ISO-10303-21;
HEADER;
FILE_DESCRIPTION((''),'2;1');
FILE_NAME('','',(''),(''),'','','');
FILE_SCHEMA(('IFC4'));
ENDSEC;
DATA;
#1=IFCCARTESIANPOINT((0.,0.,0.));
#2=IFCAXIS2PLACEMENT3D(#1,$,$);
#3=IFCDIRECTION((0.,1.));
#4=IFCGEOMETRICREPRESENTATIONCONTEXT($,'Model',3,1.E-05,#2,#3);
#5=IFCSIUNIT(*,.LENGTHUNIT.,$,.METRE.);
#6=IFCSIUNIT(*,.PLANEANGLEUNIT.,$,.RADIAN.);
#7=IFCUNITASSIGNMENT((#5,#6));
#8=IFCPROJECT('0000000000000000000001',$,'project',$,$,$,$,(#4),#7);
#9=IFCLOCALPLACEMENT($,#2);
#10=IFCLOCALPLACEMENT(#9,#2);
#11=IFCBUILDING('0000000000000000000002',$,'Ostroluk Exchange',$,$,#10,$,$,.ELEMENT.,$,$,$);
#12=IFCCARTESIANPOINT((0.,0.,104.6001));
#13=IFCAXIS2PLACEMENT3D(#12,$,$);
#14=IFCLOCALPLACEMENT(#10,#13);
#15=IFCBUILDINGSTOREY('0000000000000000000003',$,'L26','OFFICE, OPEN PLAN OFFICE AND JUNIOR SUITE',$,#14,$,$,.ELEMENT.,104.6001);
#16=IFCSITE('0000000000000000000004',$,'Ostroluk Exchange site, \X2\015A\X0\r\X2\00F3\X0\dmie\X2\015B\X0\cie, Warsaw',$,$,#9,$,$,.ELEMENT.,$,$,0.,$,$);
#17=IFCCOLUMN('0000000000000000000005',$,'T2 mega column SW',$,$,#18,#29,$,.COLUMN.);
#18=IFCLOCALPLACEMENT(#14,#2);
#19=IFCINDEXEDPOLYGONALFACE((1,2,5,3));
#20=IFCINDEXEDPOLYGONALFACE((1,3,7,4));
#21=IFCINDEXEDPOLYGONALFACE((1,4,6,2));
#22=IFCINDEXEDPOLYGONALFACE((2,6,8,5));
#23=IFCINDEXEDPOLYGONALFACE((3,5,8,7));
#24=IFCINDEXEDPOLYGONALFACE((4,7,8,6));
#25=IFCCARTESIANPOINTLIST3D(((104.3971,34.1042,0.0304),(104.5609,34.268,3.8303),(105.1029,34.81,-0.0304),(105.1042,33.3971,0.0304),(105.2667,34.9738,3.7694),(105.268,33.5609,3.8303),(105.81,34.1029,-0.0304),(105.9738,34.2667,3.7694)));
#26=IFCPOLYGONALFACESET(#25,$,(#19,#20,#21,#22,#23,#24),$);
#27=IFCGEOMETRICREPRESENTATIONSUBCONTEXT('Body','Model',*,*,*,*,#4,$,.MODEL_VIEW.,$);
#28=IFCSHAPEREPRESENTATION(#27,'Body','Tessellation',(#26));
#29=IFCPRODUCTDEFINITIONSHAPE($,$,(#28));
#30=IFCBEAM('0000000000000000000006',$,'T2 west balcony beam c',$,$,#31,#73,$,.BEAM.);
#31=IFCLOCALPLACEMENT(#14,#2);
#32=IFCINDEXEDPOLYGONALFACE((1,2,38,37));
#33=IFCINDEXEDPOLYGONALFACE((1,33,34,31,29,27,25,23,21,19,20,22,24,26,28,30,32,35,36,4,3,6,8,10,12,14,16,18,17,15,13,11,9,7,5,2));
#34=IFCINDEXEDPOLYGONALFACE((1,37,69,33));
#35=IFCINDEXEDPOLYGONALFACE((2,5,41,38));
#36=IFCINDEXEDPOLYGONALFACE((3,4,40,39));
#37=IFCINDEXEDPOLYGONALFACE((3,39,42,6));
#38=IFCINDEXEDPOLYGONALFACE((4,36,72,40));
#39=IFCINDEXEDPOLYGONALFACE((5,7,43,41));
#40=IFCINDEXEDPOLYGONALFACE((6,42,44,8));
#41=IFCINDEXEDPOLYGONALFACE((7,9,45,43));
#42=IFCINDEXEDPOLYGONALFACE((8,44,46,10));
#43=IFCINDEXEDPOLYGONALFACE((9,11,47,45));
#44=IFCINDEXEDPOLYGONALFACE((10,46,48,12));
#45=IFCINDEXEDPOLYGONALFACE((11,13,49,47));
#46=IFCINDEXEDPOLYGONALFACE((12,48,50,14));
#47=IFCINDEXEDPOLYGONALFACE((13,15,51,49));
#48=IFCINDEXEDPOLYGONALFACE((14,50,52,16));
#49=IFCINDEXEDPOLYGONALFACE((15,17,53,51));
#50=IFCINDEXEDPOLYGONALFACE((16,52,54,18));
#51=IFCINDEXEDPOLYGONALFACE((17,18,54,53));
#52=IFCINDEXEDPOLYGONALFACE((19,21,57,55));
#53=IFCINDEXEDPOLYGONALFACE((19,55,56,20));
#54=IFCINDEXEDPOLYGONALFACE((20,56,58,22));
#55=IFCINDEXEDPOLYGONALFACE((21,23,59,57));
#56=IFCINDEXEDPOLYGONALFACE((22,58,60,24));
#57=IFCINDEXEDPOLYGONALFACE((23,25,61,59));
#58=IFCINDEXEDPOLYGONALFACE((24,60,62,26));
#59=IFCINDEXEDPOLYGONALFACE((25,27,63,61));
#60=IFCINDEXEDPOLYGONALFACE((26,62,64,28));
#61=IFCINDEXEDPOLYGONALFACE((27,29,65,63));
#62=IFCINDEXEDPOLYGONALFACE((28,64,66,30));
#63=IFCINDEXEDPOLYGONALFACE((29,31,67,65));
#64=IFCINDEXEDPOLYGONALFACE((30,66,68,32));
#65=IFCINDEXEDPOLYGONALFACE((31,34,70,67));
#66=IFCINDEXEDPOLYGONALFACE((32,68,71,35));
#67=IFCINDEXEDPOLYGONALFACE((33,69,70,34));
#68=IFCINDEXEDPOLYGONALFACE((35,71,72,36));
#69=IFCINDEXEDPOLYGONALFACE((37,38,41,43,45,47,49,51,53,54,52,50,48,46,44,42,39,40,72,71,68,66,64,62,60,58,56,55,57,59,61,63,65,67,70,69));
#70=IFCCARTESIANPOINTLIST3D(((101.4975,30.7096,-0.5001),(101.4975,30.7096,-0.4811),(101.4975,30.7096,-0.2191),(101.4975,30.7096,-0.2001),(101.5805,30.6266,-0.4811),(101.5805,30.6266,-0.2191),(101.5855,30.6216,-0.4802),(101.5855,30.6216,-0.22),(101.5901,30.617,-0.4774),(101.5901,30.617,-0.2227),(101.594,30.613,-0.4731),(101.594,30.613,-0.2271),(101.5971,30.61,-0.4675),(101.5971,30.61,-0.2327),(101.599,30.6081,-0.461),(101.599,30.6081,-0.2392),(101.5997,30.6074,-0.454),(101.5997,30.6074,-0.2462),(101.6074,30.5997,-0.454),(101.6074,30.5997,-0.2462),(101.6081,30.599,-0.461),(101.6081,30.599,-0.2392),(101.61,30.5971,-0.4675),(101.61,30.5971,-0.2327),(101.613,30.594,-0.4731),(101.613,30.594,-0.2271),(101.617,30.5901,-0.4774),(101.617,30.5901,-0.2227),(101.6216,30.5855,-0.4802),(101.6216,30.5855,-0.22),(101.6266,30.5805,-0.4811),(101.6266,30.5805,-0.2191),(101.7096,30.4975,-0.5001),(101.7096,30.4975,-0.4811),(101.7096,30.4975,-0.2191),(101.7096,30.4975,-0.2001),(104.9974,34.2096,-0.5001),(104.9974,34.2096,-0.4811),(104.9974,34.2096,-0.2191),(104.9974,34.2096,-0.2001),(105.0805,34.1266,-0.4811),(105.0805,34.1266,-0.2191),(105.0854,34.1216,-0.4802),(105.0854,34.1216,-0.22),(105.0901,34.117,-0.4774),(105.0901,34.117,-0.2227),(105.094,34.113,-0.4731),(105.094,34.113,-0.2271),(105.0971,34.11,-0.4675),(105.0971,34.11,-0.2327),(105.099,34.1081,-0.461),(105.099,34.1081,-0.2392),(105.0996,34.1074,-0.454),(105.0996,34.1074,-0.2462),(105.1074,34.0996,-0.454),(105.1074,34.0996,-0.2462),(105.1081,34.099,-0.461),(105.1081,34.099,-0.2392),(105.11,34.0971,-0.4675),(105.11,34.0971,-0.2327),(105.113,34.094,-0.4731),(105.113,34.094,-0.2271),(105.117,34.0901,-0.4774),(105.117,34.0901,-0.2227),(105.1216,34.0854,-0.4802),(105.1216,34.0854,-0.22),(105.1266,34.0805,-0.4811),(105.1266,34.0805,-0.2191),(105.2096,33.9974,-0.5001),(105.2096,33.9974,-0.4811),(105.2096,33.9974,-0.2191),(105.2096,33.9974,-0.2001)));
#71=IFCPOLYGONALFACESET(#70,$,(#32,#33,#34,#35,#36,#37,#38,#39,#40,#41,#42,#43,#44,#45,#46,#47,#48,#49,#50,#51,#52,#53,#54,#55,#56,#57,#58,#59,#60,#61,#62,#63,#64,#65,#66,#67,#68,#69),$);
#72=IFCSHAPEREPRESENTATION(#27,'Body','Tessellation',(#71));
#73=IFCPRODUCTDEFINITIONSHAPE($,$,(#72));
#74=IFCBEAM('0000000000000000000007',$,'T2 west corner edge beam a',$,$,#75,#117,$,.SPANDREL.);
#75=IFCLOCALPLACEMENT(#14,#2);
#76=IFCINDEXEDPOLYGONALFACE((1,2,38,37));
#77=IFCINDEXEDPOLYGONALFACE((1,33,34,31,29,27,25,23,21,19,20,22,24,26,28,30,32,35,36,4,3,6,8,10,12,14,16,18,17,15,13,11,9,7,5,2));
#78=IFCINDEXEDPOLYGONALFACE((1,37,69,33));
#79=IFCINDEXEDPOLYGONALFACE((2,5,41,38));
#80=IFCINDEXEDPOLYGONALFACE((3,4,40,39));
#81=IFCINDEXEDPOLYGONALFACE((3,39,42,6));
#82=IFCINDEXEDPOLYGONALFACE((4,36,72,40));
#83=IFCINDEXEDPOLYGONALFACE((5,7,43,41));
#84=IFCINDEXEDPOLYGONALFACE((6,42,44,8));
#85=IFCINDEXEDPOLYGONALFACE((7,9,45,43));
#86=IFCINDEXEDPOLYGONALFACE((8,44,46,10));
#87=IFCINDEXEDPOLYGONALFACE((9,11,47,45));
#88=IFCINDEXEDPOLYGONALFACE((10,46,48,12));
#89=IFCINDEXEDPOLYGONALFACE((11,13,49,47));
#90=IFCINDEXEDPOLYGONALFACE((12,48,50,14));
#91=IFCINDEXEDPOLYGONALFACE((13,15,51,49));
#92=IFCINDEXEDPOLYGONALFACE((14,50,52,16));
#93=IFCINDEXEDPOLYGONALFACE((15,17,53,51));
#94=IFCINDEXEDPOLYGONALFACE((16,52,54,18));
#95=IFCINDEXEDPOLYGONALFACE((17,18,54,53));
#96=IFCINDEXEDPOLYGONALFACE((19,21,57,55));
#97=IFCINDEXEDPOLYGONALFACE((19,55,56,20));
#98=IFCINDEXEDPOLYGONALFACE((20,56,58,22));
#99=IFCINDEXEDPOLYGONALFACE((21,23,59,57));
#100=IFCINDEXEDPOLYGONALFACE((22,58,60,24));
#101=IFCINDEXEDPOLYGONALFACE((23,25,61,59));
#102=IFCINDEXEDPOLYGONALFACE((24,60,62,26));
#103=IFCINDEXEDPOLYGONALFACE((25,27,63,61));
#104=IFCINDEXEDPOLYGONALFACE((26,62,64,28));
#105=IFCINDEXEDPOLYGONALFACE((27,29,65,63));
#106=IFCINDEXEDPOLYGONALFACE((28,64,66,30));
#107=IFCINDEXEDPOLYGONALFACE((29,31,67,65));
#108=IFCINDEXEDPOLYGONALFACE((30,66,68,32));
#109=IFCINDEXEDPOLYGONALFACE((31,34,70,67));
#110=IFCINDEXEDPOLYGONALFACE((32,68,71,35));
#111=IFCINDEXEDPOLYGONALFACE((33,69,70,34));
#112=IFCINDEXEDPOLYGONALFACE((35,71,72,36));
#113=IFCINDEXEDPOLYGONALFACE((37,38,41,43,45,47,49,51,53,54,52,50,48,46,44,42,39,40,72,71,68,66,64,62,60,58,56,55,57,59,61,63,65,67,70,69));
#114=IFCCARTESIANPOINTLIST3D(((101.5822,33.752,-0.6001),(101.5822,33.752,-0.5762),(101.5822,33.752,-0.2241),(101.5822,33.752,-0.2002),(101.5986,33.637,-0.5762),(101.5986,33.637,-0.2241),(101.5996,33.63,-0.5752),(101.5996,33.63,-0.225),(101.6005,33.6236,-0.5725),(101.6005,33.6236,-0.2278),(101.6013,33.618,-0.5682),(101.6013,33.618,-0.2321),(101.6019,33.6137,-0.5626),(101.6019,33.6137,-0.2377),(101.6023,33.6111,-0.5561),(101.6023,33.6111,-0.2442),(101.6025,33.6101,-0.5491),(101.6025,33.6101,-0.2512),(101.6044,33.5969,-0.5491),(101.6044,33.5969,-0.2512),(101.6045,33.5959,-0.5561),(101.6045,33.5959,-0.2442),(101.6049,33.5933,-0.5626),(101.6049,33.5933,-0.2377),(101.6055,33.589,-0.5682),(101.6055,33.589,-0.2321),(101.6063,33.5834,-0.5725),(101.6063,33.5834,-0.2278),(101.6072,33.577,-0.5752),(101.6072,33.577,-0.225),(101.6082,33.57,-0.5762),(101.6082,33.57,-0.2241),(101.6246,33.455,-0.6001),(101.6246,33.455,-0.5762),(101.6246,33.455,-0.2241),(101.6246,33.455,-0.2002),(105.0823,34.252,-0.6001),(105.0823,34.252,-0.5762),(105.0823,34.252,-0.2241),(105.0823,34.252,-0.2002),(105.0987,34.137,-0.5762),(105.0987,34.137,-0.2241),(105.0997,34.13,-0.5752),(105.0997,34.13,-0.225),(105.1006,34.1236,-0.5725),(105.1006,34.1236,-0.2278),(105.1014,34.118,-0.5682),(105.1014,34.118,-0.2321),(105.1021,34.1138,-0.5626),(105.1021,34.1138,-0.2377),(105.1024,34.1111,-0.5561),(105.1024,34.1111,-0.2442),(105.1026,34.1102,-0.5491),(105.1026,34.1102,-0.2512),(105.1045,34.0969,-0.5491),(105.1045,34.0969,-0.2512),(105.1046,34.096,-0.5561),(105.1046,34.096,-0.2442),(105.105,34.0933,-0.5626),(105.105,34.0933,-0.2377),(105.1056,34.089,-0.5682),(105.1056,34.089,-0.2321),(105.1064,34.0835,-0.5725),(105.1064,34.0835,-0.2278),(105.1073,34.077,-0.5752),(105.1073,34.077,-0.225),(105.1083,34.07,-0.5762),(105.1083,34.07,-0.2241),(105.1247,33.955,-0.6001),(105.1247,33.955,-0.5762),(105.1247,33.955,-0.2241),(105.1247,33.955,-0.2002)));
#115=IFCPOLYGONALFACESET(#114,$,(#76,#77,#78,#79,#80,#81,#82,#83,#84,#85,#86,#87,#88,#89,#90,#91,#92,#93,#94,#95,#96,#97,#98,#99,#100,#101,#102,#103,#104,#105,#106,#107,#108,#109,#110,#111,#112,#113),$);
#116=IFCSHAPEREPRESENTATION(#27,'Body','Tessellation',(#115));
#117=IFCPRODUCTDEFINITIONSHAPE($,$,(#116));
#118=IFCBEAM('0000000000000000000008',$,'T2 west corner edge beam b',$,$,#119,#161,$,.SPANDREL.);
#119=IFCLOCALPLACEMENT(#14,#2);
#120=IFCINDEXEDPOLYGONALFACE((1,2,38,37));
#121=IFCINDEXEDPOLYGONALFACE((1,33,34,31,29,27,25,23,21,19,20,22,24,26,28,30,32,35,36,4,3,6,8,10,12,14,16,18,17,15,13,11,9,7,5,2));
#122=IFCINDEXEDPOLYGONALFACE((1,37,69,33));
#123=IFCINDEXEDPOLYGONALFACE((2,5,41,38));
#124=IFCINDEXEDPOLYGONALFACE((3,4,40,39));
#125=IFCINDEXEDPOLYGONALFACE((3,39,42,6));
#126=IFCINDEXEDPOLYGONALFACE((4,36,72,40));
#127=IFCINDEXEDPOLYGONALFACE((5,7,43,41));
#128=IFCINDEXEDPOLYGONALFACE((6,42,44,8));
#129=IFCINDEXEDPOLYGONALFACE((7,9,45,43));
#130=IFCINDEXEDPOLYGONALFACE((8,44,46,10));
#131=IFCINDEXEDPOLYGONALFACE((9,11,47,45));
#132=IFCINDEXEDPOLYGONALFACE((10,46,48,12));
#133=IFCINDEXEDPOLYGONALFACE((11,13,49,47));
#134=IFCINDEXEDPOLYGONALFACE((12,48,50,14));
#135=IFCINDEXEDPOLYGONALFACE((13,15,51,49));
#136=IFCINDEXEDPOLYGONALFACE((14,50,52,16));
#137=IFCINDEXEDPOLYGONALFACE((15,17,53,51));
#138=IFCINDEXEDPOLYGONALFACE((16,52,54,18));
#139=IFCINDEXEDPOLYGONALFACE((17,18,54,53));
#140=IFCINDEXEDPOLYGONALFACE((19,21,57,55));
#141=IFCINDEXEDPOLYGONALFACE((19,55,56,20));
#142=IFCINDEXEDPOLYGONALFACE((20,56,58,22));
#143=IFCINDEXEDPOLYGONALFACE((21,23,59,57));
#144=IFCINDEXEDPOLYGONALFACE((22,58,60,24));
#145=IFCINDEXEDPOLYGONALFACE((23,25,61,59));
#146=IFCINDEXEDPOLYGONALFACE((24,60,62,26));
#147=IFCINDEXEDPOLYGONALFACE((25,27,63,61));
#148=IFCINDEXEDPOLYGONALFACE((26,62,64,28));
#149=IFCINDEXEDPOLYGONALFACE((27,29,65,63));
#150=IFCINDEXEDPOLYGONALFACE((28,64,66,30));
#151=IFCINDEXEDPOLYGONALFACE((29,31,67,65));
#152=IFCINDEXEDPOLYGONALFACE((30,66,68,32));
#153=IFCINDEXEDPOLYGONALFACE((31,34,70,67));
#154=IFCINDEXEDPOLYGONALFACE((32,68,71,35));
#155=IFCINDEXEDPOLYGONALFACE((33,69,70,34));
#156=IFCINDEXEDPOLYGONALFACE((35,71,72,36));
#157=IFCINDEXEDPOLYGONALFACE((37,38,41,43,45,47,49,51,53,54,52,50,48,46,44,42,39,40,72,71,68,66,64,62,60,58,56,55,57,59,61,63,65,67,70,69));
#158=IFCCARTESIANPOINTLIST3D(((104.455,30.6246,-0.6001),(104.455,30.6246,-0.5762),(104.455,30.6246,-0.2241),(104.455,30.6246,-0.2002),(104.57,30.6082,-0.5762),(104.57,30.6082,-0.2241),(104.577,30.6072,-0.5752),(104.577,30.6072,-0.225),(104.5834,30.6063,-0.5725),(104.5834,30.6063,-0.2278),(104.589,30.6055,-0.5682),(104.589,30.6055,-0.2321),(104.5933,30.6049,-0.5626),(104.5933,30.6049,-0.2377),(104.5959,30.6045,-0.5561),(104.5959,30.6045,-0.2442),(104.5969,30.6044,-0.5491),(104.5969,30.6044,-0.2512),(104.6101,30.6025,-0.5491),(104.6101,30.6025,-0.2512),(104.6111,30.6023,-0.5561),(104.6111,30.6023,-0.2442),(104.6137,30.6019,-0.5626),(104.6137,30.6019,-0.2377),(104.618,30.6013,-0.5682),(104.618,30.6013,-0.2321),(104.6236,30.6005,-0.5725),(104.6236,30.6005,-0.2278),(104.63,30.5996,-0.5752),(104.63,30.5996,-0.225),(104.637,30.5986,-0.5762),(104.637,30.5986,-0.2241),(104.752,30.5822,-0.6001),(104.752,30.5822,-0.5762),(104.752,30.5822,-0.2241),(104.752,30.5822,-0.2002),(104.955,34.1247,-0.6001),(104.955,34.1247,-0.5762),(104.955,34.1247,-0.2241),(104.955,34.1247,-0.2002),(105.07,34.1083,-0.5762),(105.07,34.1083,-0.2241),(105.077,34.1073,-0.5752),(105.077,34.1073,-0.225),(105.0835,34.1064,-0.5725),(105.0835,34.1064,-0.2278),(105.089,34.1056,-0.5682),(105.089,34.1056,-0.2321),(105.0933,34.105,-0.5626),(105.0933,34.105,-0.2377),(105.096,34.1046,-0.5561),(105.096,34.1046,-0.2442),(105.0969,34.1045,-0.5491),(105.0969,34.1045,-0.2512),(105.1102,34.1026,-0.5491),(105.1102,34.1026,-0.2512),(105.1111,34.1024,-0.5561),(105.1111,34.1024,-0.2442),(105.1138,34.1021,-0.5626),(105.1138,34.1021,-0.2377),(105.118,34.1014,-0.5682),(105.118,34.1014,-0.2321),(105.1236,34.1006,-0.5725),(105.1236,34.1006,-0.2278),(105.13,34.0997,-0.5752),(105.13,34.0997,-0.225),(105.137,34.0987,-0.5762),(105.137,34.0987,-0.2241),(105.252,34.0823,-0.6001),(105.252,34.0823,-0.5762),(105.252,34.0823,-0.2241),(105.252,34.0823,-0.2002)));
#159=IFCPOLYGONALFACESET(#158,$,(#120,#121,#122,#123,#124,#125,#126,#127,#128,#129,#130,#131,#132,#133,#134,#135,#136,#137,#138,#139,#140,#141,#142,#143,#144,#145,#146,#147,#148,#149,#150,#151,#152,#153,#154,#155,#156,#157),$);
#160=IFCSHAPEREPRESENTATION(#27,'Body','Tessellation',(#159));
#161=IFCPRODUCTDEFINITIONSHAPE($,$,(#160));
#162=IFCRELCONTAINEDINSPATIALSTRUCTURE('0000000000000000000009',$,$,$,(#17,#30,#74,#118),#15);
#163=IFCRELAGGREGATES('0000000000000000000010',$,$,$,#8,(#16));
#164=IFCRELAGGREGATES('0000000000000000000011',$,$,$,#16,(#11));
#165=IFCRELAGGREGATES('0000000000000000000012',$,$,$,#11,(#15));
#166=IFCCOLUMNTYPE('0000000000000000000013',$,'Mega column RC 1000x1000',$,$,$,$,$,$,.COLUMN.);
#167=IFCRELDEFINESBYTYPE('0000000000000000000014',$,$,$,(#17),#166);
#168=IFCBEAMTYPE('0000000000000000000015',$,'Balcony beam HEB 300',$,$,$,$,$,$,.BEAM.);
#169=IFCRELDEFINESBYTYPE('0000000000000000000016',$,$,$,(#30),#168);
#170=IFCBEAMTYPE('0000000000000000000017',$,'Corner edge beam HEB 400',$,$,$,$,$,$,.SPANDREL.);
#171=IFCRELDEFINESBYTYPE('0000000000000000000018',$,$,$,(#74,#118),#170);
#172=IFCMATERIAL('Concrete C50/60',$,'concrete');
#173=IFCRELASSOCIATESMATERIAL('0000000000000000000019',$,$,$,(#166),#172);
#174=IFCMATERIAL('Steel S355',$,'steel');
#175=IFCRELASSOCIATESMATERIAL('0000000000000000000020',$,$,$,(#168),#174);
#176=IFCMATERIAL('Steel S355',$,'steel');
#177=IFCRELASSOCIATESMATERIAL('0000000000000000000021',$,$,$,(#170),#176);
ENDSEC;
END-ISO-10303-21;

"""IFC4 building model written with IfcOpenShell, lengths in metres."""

from ifc_helpers import new_model, si_unit, direction, frame, origin, origin_2d, place, context, subcontext, project, spatial, rectangle, i_section, extrude, material, material_profile, profile_set, type_object, element, save


model = new_model("IFC4")

# Units and contexts
model_context = context("Model", 3, precision=1e-05, world=origin(), true_north=direction((0.0, 1.0)))
body_context = subcontext(model_context, "Body", "Model", "MODEL_VIEW")
ifc_project = project(units=[si_unit("LENGTHUNIT", "METRE"), si_unit("PLANEANGLEUNIT", "RADIAN")], contexts=[model_context])

# Site, building, storey
site_placement = place(None, origin())
site = spatial("IfcSite", under=ifc_project, at=site_placement, Name="Ostroluk Exchange site, Śródmieście, Warsaw", CompositionType="ELEMENT", RefElevation=0.0)
building_placement = place(site_placement, origin())
building = spatial("IfcBuilding", under=site, at=building_placement, Name="Ostroluk Exchange", CompositionType="ELEMENT")
storey_placement = place(building_placement, frame((0.0, 0.0, 104.6001)))
storey = spatial("IfcBuildingStorey", under=building, at=storey_placement, Name="L26", Description="OFFICE, OPEN PLAN OFFICE AND JUNIOR SUITE", CompositionType="ELEMENT", Elevation=104.6001)

# Column
ifc_material_1 = material(Name="Concrete C50/60", Category="concrete")
ifc_material_profile_1 = material_profile(ifc_material_1, rectangle(XDim=1.0, YDim=1.0, at=origin_2d()), Name="RC 1000x1000")
ifc_profile_set_1 = profile_set([ifc_material_profile_1], Name="Concrete C50/60")
column_type = type_object("IfcColumnType", Name="Mega column RC 1000x1000", PredefinedType="COLUMN", material=ifc_profile_set_1)
column_placement = place(storey_placement, frame((105.1035, 34.1035, 0.0), z_axis=(0.043032, 0.043032, 0.998146), x_axis=(-0.707107, 0.707107, 0.0)))
element("IfcColumn", 1, at=column_placement, inside=storey, type_object=column_type, Name="T2 mega column SW", PredefinedType="COLUMN", context=body_context, shape_type="SweptSolid", body=[
    extrude(rectangle(XDim=1.0, YDim=1.0, at=origin_2d()), origin(), (0.0, 0.0, 1.0), 3.8069),
])

# Beams
ifc_material_2 = material(Name="Steel S355", Category="steel")
ifc_material_profile_2 = material_profile(ifc_material_2, i_section(OverallWidth=0.3, OverallDepth=0.3, WebThickness=0.011, FlangeThickness=0.019, FilletRadius=0.0271, at=origin_2d()), Name="HEB 300")
ifc_profile_set_2 = profile_set([ifc_material_profile_2], Name="Steel S355")
beam_type_1 = type_object("IfcBeamType", Name="Balcony beam HEB 300", PredefinedType="BEAM", material=ifc_profile_set_2)
beam_1_placement = place(storey_placement, frame((105.1035, 34.1035, -0.3501), z_axis=(-0.707107, -0.707107, 0.0), x_axis=(0.707107, -0.707107, 0.0)))
element("IfcBeam", 2, at=beam_1_placement, inside=storey, type_object=beam_type_1, Name="T2 west balcony beam c", PredefinedType="BEAM", context=body_context, shape_type="SweptSolid", body=[
    extrude(i_section(OverallWidth=0.3, OverallDepth=0.3, WebThickness=0.011, FlangeThickness=0.019, FilletRadius=0.0271, at=origin_2d()), origin(), (0.0, 0.0, 1.0), 4.9497),
])
ifc_material_3 = material(Name="Steel S355", Category="steel")
ifc_material_profile_3 = material_profile(ifc_material_3, i_section(OverallWidth=0.3, OverallDepth=0.3999, WebThickness=0.0134, FlangeThickness=0.0239, FilletRadius=0.0271, at=origin_2d()), Name="HEB 400")
ifc_profile_set_3 = profile_set([ifc_material_profile_3], Name="Steel S355")
beam_type_2 = type_object("IfcBeamType", Name="Corner edge beam HEB 400", PredefinedType="SPANDREL", material=ifc_profile_set_3)
for number, where, z_axis, x_axis, name in (
    (3, (105.1035, 34.1035, -0.4001), (-0.989949, -0.141421, 0.0), (0.141421, -0.989949, 0.0), "T2 west corner edge beam a"),
    (4, (105.1035, 34.1035, -0.4001), (-0.141421, -0.989949, 0.0), (0.989949, -0.141421, 0.0), "T2 west corner edge beam b"),
):
    element("IfcBeam", number, at=place(storey_placement, frame(where, z_axis=z_axis, x_axis=x_axis)), inside=storey, type_object=beam_type_2, Name=name, PredefinedType="SPANDREL", context=body_context, shape_type="SweptSolid", body=[
        extrude(i_section(OverallWidth=0.3, OverallDepth=0.3999, WebThickness=0.0134, FlangeThickness=0.0239, FilletRadius=0.0271, at=origin_2d()), origin(), (0.0, 0.0, 1.0), 3.5356),
    ])

save(model, "model.ifc")
